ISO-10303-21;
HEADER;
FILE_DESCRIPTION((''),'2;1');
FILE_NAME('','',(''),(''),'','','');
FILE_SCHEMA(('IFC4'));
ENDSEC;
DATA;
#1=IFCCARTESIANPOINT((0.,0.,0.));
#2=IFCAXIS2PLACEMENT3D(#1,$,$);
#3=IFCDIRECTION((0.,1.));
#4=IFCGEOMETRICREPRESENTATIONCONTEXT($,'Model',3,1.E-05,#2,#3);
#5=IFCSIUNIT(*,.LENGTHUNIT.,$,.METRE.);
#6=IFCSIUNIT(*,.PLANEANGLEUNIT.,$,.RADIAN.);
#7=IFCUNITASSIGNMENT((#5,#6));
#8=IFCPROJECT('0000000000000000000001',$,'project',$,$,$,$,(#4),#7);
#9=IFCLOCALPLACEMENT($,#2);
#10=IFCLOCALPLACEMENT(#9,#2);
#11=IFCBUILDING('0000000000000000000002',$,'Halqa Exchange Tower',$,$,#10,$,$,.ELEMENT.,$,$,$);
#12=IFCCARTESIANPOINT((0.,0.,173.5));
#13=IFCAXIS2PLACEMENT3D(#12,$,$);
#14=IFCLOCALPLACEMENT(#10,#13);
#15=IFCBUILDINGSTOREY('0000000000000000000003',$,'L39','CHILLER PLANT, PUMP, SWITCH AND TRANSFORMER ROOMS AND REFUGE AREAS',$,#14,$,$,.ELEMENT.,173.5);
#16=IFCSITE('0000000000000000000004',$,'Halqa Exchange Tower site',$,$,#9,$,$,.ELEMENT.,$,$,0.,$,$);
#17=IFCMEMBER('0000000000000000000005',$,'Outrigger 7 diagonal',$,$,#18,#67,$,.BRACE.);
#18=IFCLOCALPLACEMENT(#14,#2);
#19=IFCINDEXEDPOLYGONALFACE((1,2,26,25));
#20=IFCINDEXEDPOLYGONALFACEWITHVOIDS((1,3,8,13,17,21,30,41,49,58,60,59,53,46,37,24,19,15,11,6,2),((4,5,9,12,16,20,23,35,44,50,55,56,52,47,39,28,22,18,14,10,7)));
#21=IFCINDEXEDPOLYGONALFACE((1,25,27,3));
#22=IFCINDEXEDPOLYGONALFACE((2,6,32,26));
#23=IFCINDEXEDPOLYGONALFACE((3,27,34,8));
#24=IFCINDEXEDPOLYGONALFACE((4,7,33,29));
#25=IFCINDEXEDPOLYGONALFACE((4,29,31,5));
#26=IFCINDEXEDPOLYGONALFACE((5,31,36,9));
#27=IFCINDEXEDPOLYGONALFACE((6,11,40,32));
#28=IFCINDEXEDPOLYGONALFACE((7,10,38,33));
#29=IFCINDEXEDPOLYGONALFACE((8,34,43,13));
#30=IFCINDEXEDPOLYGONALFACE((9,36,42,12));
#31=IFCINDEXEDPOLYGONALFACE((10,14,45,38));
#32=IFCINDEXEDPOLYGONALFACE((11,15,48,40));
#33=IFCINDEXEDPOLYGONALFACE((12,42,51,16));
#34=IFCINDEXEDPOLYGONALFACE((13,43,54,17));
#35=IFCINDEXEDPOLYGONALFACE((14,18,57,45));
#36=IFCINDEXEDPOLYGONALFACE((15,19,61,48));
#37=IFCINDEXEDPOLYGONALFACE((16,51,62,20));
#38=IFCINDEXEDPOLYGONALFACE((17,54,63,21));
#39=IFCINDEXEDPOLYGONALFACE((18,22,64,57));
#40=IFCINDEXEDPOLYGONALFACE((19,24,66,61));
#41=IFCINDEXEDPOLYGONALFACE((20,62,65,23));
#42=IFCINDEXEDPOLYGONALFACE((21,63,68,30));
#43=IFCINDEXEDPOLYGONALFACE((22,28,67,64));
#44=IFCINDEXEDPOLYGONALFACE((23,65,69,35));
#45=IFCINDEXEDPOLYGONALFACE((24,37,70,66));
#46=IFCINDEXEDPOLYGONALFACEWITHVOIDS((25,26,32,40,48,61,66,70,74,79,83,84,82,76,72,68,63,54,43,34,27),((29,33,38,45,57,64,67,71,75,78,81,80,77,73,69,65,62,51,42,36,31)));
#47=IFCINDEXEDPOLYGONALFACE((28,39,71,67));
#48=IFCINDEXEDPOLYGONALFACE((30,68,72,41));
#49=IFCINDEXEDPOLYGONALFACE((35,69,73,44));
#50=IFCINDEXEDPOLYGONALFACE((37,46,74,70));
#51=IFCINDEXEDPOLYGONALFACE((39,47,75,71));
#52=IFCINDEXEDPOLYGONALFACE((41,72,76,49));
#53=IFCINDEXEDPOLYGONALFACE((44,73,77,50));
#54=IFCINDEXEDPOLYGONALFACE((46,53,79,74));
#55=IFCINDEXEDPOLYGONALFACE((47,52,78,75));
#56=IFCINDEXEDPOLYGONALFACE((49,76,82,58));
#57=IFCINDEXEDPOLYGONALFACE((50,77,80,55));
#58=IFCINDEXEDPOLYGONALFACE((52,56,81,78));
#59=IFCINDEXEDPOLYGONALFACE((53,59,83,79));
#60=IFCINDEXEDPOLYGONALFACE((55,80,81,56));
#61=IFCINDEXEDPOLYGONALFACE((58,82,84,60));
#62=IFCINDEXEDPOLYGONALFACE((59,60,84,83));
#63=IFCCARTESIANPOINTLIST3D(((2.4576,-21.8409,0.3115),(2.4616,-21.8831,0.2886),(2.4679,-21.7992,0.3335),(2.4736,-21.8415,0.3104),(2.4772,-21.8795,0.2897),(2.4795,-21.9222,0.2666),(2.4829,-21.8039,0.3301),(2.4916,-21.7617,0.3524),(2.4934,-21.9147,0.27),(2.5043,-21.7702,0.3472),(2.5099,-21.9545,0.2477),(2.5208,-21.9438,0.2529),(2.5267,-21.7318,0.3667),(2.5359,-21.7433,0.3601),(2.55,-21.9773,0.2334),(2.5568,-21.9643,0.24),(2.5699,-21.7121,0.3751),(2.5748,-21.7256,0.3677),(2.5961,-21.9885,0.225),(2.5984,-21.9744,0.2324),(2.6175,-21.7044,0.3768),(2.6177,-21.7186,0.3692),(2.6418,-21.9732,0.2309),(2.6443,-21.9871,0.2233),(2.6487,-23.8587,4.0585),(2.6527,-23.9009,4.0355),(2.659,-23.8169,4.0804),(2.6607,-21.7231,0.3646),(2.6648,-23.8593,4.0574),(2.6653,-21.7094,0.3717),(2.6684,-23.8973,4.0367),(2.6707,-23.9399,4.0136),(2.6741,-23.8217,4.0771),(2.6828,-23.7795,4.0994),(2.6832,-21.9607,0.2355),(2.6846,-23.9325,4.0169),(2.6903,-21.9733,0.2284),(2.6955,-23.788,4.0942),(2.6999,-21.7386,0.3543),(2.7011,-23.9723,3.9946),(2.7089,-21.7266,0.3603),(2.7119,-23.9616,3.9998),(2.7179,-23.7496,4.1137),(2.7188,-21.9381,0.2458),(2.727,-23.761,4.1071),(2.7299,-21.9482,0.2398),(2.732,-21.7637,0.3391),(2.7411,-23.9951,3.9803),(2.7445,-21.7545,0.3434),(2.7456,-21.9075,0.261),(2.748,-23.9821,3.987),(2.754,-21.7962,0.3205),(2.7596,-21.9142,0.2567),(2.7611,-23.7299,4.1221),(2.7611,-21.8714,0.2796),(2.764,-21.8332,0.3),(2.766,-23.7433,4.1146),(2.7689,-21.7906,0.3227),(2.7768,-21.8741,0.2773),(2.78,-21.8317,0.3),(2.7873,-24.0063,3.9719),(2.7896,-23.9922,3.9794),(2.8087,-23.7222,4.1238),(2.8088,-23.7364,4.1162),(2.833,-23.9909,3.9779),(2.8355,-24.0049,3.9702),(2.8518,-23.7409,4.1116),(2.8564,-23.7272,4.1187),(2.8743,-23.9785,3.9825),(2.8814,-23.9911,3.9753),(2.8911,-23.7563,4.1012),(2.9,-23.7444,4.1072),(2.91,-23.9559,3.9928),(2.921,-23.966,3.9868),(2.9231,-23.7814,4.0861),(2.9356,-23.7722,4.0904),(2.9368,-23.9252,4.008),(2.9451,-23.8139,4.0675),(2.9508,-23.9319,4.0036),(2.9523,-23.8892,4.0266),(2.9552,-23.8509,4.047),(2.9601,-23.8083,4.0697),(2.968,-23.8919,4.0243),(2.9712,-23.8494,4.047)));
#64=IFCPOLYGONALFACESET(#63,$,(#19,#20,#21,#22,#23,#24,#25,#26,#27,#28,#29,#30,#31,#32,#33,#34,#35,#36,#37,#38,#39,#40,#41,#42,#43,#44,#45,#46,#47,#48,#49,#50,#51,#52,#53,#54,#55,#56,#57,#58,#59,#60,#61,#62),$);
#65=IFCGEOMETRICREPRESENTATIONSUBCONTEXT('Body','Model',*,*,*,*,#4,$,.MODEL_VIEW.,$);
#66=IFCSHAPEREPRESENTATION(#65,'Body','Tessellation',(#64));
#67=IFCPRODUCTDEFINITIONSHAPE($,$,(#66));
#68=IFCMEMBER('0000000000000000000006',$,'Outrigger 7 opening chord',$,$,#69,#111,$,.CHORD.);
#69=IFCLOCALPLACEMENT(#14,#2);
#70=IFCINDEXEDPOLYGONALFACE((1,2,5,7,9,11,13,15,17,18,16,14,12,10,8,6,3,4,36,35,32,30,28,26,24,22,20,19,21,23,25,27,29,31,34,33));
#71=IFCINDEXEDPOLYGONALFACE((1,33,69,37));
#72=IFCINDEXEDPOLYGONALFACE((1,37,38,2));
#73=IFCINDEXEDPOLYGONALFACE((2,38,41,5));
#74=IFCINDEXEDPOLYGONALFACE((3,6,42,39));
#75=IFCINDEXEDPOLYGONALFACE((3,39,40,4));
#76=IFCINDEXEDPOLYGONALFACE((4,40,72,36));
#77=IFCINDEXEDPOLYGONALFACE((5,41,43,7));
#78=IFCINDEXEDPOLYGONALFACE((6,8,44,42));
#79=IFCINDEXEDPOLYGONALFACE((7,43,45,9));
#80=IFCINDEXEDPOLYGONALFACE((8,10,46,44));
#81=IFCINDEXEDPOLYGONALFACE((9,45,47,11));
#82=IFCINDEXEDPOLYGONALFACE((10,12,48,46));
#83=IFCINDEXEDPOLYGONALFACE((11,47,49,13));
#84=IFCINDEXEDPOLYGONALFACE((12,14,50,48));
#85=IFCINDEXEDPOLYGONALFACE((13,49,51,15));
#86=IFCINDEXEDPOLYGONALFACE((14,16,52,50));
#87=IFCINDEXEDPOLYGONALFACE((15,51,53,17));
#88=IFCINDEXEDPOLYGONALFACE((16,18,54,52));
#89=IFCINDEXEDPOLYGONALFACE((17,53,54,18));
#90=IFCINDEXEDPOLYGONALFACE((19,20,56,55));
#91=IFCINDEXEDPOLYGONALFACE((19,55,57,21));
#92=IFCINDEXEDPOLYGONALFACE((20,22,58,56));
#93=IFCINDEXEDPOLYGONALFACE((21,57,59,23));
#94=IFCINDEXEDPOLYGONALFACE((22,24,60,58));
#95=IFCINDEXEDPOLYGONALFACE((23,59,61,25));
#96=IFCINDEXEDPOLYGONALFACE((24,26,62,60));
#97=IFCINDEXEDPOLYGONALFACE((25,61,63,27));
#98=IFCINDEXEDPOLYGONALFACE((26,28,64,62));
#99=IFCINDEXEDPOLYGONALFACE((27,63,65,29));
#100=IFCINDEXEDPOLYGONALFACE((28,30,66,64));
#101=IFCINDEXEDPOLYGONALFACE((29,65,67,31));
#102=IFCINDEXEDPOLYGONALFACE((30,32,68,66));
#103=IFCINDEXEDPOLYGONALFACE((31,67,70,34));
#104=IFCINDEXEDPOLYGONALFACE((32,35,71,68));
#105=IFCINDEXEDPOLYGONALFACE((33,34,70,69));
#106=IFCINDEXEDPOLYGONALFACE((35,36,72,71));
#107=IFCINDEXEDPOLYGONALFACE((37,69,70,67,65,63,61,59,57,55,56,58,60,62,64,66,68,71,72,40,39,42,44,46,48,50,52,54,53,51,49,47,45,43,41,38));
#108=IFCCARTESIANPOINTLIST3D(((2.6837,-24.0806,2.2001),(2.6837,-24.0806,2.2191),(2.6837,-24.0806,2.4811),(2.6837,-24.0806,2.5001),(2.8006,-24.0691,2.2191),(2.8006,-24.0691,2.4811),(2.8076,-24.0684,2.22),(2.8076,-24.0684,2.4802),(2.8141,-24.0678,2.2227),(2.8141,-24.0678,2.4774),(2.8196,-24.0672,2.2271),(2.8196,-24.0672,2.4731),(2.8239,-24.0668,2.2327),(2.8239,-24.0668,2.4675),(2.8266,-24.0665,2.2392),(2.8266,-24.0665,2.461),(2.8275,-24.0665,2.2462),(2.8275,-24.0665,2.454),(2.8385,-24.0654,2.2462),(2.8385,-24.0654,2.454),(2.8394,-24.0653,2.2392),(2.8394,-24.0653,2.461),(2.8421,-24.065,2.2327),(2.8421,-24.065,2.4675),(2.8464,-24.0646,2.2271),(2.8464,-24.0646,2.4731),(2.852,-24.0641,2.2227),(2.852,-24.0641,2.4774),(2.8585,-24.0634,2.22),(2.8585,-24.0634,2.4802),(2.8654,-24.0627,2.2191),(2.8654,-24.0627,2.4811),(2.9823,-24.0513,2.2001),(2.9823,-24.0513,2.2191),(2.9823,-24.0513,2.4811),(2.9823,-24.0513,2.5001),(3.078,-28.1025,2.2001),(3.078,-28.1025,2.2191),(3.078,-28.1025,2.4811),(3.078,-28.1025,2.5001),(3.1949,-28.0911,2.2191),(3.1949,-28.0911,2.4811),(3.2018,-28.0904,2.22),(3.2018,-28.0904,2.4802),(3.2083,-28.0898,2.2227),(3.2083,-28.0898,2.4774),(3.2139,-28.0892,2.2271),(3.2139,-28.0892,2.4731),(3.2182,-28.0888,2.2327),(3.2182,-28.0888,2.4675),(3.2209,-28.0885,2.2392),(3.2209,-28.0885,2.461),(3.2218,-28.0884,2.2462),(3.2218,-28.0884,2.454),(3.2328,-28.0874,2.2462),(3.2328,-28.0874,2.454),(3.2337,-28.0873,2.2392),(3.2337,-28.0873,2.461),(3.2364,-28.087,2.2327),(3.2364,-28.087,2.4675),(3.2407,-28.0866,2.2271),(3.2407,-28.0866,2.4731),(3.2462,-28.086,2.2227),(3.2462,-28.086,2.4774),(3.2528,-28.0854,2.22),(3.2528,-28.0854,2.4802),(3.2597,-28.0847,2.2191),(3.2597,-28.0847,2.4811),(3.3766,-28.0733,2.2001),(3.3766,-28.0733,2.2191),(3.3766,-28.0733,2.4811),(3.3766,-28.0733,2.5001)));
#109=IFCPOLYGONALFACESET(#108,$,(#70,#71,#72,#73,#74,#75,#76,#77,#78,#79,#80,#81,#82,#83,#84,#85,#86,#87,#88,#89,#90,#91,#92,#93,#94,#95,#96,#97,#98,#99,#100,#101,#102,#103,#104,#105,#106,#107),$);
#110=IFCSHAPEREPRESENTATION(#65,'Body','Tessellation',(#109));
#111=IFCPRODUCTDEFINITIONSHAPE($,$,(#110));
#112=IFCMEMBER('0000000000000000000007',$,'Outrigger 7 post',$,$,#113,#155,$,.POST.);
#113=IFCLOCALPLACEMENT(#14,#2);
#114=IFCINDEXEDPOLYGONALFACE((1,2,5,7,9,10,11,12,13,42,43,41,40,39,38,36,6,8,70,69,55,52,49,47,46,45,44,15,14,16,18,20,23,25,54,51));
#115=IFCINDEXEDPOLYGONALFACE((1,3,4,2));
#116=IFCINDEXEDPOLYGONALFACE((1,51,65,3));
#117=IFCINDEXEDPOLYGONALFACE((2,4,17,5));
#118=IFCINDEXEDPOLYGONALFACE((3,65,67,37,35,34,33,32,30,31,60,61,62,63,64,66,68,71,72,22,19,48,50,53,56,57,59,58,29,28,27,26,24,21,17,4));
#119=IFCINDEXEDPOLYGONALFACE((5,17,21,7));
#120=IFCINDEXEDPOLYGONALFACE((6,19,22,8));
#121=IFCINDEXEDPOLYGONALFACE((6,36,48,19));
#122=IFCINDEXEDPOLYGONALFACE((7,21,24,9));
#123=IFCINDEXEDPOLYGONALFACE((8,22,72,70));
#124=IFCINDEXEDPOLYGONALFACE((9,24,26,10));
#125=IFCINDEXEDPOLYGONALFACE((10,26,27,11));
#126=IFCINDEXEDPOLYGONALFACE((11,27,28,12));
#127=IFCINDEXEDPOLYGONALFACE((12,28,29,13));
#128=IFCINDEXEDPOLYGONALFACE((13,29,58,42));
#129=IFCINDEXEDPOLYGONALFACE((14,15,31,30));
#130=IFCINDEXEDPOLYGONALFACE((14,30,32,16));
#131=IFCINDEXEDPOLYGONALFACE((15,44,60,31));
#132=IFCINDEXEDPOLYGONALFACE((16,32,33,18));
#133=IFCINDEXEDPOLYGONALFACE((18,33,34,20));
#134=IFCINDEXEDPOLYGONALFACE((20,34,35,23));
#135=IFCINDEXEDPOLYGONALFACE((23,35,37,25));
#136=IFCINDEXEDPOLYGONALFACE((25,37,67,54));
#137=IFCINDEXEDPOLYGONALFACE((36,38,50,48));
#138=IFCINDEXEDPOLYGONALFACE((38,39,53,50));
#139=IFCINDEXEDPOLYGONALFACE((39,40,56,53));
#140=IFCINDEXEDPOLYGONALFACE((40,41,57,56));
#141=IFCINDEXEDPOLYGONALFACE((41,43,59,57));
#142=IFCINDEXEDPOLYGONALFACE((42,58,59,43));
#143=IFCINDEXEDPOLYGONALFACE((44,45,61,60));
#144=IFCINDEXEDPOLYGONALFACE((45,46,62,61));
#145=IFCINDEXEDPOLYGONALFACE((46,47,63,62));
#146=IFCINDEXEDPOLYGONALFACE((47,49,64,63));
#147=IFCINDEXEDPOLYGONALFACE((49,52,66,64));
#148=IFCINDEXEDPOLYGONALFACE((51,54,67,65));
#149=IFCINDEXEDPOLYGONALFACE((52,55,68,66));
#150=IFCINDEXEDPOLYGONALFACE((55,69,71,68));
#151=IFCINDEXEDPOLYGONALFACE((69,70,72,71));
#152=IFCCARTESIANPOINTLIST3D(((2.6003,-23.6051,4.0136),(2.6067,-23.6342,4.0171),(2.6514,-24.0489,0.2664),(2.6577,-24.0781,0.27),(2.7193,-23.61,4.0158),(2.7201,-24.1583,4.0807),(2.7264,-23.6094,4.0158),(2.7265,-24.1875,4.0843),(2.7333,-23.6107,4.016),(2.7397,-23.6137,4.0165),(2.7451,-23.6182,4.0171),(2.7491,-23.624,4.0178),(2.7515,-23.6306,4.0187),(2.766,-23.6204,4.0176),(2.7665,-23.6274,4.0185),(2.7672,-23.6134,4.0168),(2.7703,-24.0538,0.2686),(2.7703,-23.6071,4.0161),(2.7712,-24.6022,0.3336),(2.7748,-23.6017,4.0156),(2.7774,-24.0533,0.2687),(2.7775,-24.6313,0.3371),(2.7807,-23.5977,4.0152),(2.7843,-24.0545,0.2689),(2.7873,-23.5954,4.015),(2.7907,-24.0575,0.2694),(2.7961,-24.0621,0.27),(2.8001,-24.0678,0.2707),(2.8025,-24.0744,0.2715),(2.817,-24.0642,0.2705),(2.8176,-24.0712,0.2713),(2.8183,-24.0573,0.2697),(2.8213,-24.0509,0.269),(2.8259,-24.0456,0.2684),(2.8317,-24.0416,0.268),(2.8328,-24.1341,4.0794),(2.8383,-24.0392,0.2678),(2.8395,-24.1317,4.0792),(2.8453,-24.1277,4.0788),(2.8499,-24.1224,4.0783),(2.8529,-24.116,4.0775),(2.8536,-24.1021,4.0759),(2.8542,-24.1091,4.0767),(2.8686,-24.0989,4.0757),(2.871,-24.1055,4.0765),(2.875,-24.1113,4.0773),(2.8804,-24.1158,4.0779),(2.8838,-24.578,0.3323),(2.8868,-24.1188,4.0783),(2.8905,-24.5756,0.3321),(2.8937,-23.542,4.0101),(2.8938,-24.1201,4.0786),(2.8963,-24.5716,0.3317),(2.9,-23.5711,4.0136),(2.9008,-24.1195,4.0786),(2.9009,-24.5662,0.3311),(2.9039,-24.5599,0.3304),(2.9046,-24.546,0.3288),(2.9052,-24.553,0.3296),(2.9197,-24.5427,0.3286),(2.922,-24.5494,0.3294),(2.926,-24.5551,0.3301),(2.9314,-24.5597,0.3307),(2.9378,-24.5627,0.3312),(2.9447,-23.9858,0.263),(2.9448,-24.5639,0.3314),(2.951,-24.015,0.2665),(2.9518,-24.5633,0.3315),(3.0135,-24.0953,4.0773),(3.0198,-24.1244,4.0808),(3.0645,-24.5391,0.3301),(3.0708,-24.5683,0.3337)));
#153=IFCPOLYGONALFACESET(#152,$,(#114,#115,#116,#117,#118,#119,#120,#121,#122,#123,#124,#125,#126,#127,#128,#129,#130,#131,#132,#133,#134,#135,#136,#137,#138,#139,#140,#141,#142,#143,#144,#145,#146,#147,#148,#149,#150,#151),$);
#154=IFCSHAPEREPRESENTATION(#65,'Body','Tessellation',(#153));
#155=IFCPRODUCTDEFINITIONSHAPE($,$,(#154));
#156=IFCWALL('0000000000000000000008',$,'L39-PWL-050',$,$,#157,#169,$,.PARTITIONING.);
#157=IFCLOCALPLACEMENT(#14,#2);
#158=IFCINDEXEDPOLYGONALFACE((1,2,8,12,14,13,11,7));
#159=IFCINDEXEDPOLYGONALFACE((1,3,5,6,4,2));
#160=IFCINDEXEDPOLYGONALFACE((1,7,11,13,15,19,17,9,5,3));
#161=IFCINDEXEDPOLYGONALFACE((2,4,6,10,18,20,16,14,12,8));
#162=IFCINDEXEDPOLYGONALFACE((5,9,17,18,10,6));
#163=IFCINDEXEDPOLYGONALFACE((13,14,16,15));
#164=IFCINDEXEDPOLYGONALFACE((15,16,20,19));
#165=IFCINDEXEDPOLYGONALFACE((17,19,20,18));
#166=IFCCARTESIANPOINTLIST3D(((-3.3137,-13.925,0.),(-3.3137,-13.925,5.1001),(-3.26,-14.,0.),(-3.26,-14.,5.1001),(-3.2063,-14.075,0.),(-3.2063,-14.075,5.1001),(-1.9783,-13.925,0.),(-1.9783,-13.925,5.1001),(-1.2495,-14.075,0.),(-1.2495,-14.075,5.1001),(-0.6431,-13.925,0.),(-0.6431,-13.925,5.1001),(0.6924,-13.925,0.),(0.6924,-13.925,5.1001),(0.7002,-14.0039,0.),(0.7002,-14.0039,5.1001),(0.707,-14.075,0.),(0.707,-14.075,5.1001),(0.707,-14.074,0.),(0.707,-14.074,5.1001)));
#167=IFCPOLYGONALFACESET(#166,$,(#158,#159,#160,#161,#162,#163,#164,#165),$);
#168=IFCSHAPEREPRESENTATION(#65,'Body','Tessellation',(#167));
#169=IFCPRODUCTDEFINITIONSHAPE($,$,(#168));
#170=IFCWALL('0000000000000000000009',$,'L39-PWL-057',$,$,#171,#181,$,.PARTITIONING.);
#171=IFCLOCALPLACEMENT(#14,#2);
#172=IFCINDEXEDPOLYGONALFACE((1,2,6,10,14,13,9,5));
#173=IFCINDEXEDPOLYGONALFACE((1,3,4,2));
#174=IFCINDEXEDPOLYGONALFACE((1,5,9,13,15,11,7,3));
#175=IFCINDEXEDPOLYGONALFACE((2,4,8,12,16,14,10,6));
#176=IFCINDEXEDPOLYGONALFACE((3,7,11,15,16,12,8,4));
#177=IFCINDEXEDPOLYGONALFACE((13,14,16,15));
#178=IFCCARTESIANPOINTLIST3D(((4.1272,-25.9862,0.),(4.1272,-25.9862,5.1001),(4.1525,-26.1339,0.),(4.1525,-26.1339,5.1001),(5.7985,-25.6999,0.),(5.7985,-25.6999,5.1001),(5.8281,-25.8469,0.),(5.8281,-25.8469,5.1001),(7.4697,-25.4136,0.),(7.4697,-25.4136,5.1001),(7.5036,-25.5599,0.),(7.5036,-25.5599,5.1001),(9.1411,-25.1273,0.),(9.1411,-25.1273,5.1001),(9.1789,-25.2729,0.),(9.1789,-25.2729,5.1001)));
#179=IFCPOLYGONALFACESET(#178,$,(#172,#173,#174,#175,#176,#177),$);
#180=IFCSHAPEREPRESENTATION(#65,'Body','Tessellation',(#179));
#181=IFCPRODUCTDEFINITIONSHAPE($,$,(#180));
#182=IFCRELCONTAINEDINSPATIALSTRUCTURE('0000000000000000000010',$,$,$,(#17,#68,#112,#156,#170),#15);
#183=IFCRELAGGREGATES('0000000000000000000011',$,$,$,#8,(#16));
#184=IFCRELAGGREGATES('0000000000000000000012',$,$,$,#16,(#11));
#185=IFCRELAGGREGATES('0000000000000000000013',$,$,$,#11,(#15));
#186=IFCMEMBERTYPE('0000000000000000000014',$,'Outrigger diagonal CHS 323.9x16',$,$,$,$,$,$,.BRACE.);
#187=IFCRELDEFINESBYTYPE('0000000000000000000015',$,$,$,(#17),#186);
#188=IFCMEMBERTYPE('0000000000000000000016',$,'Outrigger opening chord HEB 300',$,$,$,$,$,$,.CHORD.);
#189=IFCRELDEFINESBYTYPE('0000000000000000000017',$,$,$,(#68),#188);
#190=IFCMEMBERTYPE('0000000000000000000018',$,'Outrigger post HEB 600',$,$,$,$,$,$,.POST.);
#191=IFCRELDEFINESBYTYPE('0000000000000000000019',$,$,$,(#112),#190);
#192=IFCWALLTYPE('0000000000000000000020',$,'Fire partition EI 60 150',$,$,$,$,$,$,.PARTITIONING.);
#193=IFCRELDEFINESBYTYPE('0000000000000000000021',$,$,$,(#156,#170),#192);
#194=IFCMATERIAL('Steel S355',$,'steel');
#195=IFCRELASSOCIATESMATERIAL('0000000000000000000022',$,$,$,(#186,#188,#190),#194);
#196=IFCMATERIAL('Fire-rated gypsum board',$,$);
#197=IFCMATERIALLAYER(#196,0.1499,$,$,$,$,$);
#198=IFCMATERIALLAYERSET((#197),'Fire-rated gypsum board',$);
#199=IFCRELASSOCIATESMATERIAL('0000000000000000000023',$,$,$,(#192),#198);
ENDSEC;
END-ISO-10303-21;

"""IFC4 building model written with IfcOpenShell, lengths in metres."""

from ifc_helpers import new_model, si_unit, direction, frame, origin, origin_2d, place, context, subcontext, project, spatial, polyline, hollow_circle, i_section, outline, extrude, material, layer, layer_set, material_profile, profile_set, type_object, element, save


model = new_model("IFC4")

# Units and contexts
model_context = context("Model", 3, precision=1e-05, world=origin(), true_north=direction((0.0, 1.0)))
body_context = subcontext(model_context, "Body", "Model", "MODEL_VIEW")
ifc_project = project(units=[si_unit("LENGTHUNIT", "METRE"), si_unit("PLANEANGLEUNIT", "RADIAN")], contexts=[model_context])

# Site, building, storey
site_placement = place(None, origin())
site = spatial("IfcSite", under=ifc_project, at=site_placement, Name="Halqa Exchange Tower site", CompositionType="ELEMENT", RefElevation=0.0)
building_placement = place(site_placement, origin())
building = spatial("IfcBuilding", under=site, at=building_placement, Name="Halqa Exchange Tower", CompositionType="ELEMENT")
storey_placement = place(building_placement, frame((0.0, 0.0, 173.5)))
storey = spatial("IfcBuildingStorey", under=building, at=storey_placement, Name="L39", Description="CHILLER PLANT, PUMP, SWITCH AND TRANSFORMER ROOMS AND REFUGE AREAS", CompositionType="ELEMENT", Elevation=173.5)

# Members
ifc_material_1 = material(Name="Steel S355", Category="steel")
ifc_material_profile_1 = material_profile(ifc_material_1, hollow_circle(Radius=0.1619, WallThickness=0.0161, at=origin_2d()), Name="CHS 323.9x16")
ifc_profile_set_1 = profile_set([ifc_material_profile_1], Name="Steel S355")
member_type_1 = type_object("IfcMemberType", Name="Outrigger diagonal CHS 323.9x16", PredefinedType="BRACE", material=ifc_profile_set_1)
member_1_placement = place(storey_placement, frame((2.6189, -21.8469, 0.3), z_axis=(0.044872, -0.473653, 0.879568), x_axis=(0.995542, 0.094315, 0.0)))
element("IfcMember", 1, at=member_1_placement, inside=storey, type_object=member_type_1, Name="Outrigger 7 diagonal", PredefinedType="BRACE", context=body_context, shape_type="SweptSolid", body=[
    extrude(hollow_circle(Radius=0.1619, WallThickness=0.0161, at=origin_2d()), origin(), (0.0, 0.0, 1.0), 4.26),
])
ifc_material_profile_2 = material_profile(ifc_material_1, i_section(OverallWidth=0.3, OverallDepth=0.3, WebThickness=0.011, FlangeThickness=0.019, FilletRadius=0.0271, at=origin_2d()), Name="HEB 300")
ifc_profile_set_2 = profile_set([ifc_material_profile_2], Name="Steel S355")
member_type_2 = type_object("IfcMemberType", Name="Outrigger opening chord HEB 300", PredefinedType="CHORD", material=ifc_profile_set_2)
member_2_placement = place(storey_placement, frame((2.833, -24.0659, 2.3501), z_axis=(0.097566, -0.995229, 0.0), x_axis=(0.995229, 0.097566, 0.0)))
element("IfcMember", 2, at=member_2_placement, inside=storey, type_object=member_type_2, Name="Outrigger 7 opening chord", PredefinedType="CHORD", context=body_context, shape_type="SweptSolid", body=[
    extrude(i_section(OverallWidth=0.3, OverallDepth=0.3, WebThickness=0.011, FlangeThickness=0.019, FilletRadius=0.0271, at=origin_2d()), origin(), (0.0, 0.0, 1.0), 4.0413),
])
ifc_material_profile_3 = material_profile(ifc_material_1, i_section(OverallWidth=0.3, OverallDepth=0.6001, WebThickness=0.0154, FlangeThickness=0.03, FilletRadius=0.0271, at=origin_2d()), Name="HEB 600")
ifc_profile_set_3 = profile_set([ifc_material_profile_3], Name="Steel S355")
member_type_3 = type_object("IfcMemberType", Name="Outrigger post HEB 600", PredefinedType="POST", material=ifc_profile_set_3)
member_3_placement = place(storey_placement, frame((2.8611, -24.3086, 0.3), z_axis=(-0.013522, 0.117619, 0.992967), x_axis=(-0.977576, -0.210266, 0.011594)))
element("IfcMember", 3, at=member_3_placement, inside=storey, type_object=member_type_3, Name="Outrigger 7 post", PredefinedType="POST", context=body_context, shape_type="SweptSolid", body=[
    extrude(i_section(OverallWidth=0.3, OverallDepth=0.6001, WebThickness=0.0154, FlangeThickness=0.03, FilletRadius=0.0271, at=origin_2d()), origin(), (0.0, 0.0, 1.0), 3.7737),
])

# Walls
ifc_material_2 = material(Name="Fire-rated gypsum board")
ifc_layer_1 = layer(ifc_material_2, 0.1499)
ifc_layer_set_1 = layer_set([ifc_layer_1], Name="Fire-rated gypsum board")
wall_type_1 = type_object("IfcWallType", Name="Fire partition EI 60 150", PredefinedType="PARTITIONING", material=ifc_layer_set_1)
wall_1_placement = place(storey_placement, frame((0.707, -14.0, 0.0), z_axis=(0.0, 0.0, 1.0), x_axis=(-1.0, 0.0, 0.0)))
element("IfcWall", 4, at=wall_1_placement, inside=storey, type_object=wall_type_1, Name="L39-PWL-050", PredefinedType="PARTITIONING", context=body_context, shape_type="SweptSolid", body=[
    extrude(outline(polyline([(4.0208, -0.075), (4.0208, -0.075), (3.967, 0.0), (3.9133, 0.075), (1.9565, 0.075), (0.0, 0.075), (0.0, 0.074), (0.0068, 0.0039), (0.0068, 0.0039), (0.0146, -0.075), (1.3501, -0.075), (2.6853, -0.075), (4.0208, -0.075)])), origin(), (0.0, 0.0, 1.0), 5.1001),
])
wall_2_placement = place(storey_placement, frame((4.1399, -26.0601, 0.0), z_axis=(0.0, 0.0, 1.0), x_axis=(0.985643, 0.168846, 0.0)))
element("IfcWall", 5, at=wall_2_placement, inside=storey, type_object=wall_type_1, Name="L39-PWL-057", PredefinedType="PARTITIONING", context=body_context, shape_type="SweptSolid", body=[
    extrude(outline(polyline([(0.0, -0.075), (1.7, -0.075), (3.3999, -0.075), (5.0996, -0.075), (5.0869, 0.075), (3.3911, 0.075), (1.6956, 0.075), (0.0, 0.075), (0.0, -0.075)])), origin(), (0.0, 0.0, 1.0), 5.1001),
])

save(model, "model.ifc")
